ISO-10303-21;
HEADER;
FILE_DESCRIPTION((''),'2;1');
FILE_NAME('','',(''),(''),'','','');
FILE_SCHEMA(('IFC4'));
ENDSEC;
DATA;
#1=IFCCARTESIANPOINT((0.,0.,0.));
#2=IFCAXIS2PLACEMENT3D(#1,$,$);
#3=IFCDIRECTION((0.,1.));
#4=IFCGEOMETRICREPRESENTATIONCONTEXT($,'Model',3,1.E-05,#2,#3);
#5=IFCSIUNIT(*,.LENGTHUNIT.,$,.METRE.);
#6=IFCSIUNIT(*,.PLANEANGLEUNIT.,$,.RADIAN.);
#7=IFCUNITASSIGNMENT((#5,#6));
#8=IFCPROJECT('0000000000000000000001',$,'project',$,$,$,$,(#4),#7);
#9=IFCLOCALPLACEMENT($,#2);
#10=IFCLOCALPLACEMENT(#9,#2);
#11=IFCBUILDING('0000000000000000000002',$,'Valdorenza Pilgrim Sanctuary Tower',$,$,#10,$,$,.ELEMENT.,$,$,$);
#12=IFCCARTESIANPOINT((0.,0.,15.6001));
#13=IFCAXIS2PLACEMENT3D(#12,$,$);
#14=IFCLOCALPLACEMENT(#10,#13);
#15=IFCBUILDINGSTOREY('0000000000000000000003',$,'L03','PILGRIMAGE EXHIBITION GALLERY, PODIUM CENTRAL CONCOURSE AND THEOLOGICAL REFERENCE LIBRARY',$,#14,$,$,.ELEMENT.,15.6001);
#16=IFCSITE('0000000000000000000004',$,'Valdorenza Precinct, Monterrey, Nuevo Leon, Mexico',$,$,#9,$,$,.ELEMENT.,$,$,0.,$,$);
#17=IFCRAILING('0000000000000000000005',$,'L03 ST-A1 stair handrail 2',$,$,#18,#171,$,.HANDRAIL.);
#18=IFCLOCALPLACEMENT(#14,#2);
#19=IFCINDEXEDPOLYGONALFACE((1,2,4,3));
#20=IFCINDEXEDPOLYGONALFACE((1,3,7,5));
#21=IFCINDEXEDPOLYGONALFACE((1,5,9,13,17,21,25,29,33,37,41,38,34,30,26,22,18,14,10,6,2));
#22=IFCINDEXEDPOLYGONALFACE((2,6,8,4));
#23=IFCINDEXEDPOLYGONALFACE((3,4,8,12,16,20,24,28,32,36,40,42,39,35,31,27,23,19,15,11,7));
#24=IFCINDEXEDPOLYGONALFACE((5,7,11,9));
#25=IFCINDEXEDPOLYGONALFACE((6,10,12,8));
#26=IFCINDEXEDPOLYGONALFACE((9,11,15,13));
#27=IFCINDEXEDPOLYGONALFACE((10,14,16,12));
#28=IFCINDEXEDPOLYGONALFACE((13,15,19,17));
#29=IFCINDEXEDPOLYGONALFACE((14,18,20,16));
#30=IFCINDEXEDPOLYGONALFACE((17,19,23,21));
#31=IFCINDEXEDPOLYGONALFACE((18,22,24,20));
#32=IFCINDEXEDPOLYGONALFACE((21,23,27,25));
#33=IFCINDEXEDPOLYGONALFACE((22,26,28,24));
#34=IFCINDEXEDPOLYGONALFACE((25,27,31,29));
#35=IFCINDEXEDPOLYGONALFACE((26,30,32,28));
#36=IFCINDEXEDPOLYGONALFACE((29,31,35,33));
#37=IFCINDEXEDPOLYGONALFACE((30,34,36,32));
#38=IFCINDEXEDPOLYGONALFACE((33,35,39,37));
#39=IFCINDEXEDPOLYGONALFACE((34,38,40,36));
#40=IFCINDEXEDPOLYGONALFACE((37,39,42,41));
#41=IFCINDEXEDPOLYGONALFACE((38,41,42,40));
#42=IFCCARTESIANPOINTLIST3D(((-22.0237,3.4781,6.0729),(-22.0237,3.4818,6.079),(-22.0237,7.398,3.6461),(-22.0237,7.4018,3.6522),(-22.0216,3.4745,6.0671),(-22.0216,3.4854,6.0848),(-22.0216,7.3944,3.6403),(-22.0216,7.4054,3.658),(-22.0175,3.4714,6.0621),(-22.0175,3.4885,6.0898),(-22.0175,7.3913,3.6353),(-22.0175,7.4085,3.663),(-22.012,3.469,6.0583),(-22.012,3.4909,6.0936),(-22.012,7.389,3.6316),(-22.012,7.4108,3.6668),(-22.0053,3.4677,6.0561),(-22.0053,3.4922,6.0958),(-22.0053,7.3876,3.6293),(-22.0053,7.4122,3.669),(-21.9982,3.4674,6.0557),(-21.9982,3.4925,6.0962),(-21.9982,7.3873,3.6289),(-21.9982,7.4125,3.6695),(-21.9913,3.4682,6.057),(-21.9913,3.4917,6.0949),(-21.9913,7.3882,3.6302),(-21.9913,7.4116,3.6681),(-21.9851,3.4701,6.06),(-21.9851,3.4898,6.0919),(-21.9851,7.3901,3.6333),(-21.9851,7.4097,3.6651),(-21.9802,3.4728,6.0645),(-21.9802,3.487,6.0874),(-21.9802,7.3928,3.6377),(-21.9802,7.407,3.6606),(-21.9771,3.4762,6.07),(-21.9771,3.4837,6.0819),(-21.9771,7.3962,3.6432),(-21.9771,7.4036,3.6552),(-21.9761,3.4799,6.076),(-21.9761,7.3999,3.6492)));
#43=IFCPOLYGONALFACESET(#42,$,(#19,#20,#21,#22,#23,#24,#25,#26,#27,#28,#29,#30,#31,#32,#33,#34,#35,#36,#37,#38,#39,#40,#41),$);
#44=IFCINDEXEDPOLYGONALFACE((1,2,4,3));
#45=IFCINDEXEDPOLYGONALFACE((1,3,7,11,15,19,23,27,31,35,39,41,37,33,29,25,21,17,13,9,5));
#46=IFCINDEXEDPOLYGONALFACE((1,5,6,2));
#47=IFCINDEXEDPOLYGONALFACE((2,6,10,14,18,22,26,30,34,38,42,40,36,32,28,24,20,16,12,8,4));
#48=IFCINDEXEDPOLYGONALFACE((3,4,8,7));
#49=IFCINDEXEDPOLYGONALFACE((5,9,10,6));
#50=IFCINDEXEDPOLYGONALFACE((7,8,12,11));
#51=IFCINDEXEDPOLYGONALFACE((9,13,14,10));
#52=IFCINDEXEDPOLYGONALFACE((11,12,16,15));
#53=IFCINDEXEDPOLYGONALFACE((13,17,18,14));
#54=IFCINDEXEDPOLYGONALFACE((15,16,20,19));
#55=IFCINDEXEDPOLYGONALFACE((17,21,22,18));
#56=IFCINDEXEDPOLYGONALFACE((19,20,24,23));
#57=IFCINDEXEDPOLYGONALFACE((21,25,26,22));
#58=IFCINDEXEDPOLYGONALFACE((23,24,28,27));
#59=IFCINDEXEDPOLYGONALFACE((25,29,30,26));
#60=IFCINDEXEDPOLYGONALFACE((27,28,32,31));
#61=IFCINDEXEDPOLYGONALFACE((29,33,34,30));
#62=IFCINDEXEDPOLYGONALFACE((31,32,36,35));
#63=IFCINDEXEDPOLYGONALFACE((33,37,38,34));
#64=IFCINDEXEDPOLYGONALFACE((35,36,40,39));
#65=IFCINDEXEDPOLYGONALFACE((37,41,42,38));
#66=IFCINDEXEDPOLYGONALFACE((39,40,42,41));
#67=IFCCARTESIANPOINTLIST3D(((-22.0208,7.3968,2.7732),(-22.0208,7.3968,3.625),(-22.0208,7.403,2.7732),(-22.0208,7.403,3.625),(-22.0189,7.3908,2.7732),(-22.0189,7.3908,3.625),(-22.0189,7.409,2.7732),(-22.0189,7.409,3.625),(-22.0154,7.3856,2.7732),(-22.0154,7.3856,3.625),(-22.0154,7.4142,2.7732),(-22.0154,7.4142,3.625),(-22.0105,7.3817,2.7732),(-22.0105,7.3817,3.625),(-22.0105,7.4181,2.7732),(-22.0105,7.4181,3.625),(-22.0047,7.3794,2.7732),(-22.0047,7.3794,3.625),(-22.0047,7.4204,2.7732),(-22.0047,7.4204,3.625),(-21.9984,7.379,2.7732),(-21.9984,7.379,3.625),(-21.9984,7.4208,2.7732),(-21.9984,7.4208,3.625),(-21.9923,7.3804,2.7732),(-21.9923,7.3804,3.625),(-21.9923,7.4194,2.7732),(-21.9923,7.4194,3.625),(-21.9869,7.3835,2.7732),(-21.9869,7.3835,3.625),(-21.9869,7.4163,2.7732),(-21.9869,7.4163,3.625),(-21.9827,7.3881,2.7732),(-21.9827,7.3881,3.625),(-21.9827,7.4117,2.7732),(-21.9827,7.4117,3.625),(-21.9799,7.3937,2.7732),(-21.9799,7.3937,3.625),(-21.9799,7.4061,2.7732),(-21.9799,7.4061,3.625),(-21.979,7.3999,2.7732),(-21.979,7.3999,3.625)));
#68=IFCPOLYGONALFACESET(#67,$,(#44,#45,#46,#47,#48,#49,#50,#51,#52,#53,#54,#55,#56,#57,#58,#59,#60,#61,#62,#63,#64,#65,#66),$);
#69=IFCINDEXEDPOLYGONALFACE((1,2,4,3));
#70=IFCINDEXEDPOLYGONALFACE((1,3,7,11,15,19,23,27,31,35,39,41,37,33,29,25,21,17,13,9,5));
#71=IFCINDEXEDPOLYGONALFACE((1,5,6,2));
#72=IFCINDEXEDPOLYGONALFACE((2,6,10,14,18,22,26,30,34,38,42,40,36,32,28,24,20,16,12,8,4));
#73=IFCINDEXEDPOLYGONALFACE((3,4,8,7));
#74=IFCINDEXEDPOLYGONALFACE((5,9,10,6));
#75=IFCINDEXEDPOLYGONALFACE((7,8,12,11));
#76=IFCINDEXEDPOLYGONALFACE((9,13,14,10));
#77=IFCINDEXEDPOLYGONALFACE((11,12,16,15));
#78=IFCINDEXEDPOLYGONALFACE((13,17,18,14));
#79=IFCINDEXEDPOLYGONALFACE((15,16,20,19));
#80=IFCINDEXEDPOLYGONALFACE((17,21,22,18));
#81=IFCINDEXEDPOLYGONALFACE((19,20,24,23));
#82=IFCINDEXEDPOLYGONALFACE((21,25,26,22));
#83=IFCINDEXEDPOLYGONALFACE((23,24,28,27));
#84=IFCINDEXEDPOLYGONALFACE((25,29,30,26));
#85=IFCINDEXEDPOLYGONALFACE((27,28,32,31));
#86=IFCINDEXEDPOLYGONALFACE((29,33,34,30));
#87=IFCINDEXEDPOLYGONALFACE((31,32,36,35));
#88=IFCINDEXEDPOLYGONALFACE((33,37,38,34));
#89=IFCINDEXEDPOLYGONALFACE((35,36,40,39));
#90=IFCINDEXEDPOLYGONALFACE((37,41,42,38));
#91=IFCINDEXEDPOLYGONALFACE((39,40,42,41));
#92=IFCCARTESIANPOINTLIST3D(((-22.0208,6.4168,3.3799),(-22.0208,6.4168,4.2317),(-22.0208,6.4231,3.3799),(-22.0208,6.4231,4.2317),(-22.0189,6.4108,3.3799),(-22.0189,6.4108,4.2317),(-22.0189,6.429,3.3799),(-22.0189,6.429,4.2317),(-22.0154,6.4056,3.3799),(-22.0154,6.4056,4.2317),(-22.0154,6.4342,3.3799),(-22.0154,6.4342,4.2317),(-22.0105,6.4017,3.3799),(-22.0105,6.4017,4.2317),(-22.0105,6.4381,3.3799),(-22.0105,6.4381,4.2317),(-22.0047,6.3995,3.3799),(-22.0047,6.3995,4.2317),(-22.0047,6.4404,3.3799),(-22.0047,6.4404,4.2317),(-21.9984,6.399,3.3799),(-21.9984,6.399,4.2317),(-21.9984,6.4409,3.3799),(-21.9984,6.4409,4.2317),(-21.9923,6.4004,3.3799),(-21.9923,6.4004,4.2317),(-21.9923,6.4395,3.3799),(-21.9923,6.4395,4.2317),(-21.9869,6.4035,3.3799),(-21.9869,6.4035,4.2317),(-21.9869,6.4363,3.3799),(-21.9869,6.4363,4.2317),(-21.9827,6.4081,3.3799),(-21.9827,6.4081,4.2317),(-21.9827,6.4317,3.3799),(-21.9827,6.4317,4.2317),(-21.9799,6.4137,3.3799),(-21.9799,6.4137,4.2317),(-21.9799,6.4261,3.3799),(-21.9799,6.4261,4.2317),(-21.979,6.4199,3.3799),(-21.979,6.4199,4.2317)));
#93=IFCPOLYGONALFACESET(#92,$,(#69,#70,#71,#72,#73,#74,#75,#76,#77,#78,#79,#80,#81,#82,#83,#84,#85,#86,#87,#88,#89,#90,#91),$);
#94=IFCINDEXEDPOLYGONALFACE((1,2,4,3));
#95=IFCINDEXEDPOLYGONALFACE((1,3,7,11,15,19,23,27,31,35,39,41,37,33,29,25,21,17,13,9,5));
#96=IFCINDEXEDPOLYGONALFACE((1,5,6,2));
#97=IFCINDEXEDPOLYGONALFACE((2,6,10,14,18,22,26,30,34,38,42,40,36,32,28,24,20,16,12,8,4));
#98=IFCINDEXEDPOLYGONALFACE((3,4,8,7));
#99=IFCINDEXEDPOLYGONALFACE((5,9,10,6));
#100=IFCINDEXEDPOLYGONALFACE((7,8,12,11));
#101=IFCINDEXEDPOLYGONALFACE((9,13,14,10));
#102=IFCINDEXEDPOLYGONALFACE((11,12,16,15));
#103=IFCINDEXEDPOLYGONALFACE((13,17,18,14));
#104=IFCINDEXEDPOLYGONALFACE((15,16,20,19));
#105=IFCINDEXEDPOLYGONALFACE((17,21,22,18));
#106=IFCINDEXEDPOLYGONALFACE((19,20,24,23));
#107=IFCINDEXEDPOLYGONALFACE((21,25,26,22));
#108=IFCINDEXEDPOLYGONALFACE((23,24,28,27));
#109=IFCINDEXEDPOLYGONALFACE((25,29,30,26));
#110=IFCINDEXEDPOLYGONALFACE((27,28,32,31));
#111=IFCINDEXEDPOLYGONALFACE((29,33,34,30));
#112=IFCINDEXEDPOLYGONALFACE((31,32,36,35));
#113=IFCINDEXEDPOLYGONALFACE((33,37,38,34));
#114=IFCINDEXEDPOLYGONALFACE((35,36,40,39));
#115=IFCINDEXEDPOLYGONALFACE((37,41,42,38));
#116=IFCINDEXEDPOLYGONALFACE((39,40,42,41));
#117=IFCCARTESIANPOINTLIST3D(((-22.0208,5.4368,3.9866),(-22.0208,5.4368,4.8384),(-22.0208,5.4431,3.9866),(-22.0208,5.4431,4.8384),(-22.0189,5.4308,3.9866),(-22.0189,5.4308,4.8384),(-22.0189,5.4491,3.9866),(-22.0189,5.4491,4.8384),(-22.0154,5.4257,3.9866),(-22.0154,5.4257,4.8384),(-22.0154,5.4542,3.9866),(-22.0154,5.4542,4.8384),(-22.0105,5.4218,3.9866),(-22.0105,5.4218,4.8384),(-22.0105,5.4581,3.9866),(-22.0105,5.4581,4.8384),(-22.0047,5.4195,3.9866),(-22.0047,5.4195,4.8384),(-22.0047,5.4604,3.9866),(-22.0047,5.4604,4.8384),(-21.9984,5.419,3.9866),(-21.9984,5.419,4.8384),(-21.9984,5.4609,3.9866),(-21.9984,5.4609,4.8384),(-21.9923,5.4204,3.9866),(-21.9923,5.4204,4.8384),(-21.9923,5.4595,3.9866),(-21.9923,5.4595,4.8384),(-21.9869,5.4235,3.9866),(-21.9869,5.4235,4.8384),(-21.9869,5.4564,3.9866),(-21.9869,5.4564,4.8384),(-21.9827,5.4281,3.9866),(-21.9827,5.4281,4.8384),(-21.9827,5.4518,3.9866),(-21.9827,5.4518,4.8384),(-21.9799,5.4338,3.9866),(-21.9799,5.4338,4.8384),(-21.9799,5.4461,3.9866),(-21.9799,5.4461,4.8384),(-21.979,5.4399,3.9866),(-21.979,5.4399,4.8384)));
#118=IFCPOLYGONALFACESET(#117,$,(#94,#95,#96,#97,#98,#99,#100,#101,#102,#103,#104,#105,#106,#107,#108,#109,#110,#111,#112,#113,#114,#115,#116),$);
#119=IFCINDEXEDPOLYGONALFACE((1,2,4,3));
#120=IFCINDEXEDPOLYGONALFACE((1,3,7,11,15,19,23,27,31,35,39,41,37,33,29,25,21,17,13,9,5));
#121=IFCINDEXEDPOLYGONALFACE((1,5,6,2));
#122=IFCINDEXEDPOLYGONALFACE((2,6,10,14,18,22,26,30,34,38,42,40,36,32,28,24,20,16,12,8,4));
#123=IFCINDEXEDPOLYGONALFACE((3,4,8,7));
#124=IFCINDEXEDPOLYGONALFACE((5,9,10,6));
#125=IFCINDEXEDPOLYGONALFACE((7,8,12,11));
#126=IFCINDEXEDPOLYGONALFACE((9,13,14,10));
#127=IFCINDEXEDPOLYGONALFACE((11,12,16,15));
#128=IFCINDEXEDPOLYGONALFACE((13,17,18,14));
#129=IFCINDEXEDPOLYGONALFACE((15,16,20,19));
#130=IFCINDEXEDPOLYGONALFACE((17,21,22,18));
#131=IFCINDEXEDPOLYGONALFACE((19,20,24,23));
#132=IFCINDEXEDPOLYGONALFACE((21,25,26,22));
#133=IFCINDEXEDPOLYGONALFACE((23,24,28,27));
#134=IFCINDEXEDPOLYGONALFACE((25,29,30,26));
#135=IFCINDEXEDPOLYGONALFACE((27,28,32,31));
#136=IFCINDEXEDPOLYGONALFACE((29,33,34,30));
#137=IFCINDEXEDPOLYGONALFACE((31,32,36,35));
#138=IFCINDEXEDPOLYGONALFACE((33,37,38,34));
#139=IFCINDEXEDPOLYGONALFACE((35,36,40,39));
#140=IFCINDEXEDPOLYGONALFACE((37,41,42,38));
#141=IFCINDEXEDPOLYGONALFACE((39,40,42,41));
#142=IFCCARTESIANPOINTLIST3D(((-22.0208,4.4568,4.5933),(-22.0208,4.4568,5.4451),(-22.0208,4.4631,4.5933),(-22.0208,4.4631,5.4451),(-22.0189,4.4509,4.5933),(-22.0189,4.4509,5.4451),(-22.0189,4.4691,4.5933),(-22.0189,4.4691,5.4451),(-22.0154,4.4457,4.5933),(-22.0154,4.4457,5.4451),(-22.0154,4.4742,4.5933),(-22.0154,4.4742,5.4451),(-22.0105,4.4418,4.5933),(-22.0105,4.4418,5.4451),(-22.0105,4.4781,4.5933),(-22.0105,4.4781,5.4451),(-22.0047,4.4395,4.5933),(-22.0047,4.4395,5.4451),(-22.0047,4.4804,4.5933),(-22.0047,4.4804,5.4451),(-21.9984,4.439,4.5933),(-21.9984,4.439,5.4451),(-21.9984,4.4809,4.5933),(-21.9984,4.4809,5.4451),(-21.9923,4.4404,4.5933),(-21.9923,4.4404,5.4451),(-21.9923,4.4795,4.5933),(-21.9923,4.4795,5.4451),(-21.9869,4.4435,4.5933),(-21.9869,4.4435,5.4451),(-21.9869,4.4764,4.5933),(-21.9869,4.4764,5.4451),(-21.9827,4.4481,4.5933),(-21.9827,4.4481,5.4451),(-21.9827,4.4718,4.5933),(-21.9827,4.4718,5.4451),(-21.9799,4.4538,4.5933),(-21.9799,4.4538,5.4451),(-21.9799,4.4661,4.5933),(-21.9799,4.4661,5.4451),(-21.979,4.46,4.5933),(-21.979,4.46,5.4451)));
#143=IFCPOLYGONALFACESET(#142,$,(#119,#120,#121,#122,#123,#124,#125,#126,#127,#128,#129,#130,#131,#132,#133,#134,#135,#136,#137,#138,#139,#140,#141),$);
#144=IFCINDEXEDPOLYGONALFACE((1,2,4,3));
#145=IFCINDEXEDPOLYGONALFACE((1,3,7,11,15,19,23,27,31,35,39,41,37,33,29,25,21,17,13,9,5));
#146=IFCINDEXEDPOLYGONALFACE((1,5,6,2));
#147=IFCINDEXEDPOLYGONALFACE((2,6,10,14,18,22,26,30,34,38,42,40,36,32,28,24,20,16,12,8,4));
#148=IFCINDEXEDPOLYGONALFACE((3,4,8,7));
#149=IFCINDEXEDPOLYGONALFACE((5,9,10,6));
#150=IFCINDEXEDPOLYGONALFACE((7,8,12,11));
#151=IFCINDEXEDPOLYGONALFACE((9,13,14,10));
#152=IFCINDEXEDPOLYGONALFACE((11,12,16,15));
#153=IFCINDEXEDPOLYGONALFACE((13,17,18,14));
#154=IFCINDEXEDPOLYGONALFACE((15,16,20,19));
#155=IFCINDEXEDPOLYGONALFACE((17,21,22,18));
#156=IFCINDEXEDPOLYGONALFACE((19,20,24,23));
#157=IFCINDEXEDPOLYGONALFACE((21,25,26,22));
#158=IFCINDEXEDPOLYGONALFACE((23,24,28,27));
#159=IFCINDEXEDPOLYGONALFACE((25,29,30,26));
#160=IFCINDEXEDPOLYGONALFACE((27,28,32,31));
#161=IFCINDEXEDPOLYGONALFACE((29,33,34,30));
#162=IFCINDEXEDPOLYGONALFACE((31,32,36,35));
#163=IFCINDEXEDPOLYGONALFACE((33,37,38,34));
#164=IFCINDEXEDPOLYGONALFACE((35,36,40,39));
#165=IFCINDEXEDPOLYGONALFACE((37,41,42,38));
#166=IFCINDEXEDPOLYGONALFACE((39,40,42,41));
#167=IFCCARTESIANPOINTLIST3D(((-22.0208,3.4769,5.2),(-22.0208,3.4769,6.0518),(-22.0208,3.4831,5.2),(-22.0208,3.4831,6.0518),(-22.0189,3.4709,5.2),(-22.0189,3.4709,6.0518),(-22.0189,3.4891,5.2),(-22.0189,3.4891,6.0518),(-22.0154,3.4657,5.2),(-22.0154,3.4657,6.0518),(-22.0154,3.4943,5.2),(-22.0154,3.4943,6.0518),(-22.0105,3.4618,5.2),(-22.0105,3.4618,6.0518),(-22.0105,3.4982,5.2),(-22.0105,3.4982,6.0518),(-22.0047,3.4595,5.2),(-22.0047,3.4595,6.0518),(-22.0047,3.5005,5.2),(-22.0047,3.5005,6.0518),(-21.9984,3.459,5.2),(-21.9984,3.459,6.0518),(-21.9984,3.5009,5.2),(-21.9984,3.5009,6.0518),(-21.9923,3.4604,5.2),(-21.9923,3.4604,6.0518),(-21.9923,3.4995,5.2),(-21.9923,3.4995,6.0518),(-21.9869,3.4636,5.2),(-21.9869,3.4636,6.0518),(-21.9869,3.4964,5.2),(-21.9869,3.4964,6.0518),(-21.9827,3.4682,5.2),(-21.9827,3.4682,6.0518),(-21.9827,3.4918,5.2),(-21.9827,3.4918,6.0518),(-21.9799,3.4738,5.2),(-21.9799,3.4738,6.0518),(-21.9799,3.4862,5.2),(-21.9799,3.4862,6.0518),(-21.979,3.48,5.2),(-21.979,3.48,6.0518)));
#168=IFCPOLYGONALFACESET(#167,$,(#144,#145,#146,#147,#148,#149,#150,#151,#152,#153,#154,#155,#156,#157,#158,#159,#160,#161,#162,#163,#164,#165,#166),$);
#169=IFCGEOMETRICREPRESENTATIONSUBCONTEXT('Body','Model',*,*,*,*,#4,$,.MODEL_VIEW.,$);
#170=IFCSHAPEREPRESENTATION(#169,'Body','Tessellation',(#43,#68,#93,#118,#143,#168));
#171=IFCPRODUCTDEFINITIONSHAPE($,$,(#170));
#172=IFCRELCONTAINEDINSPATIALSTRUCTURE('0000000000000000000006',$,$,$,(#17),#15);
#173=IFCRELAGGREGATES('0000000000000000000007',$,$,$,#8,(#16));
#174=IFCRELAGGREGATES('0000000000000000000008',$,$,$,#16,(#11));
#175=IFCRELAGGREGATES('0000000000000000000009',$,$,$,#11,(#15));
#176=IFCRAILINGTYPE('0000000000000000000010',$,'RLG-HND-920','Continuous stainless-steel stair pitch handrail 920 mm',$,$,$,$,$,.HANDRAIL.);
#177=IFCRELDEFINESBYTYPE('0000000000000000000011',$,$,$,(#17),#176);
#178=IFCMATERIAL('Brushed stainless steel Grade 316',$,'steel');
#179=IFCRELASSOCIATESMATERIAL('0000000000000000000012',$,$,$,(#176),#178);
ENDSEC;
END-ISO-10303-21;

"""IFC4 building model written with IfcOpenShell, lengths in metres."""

from ifc_helpers import new_model, si_unit, direction, frame, origin, origin_2d, place, context, subcontext, project, spatial, circle, extrude, material, type_object, element, save


model = new_model("IFC4")

# Units and contexts
model_context = context("Model", 3, precision=1e-05, world=origin(), true_north=direction((0.0, 1.0)))
body_context = subcontext(model_context, "Body", "Model", "MODEL_VIEW")
ifc_project = project(units=[si_unit("LENGTHUNIT", "METRE"), si_unit("PLANEANGLEUNIT", "RADIAN")], contexts=[model_context])

# Site, building, storey
site_placement = place(None, origin())
site = spatial("IfcSite", under=ifc_project, at=site_placement, Name="Valdorenza Precinct, Monterrey, Nuevo Leon, Mexico", CompositionType="ELEMENT", RefElevation=0.0)
building_placement = place(site_placement, origin())
building = spatial("IfcBuilding", under=site, at=building_placement, Name="Valdorenza Pilgrim Sanctuary Tower", CompositionType="ELEMENT")
storey_placement = place(building_placement, frame((0.0, 0.0, 15.6001)))
storey = spatial("IfcBuildingStorey", under=building, at=storey_placement, Name="L03", Description="PILGRIMAGE EXHIBITION GALLERY, PODIUM CENTRAL CONCOURSE AND THEOLOGICAL REFERENCE LIBRARY", CompositionType="ELEMENT", Elevation=15.6001)

# Railing
ifc_material_1 = material(Name="Brushed stainless steel Grade 316", Category="steel")
railing_type_1 = type_object("IfcRailingType", Name="RLG-HND-920", Description="Continuous stainless-steel stair pitch handrail 920 mm", PredefinedType="HANDRAIL", material=ifc_material_1)
railing_1_placement = place(storey_placement, frame((-22.0, 7.3999, 2.7732)))
element("IfcRailing", 1, at=railing_1_placement, inside=storey, type_object=railing_type_1, Name="L03 ST-A1 stair handrail 2", PredefinedType="HANDRAIL", context=body_context, shape_type="SweptSolid", body=[
    extrude(circle(Radius=0.0239, at=origin_2d()), frame((0.0, 0.0, 0.876), z_axis=(0.0, -0.850252, 0.526376), x_axis=(1.0, 0.0, 0.0)), (0.0, 0.0, 1.0), 4.6104),
    extrude(circle(Radius=0.021, at=origin_2d()), origin(), (0.0, 0.0, 1.0), 0.8518),
    extrude(circle(Radius=0.021, at=origin_2d()), frame((0.0, -0.98, 0.6067)), (0.0, 0.0, 1.0), 0.8518),
    extrude(circle(Radius=0.021, at=origin_2d()), frame((0.0, -1.96, 1.2134)), (0.0, 0.0, 1.0), 0.8518),
    extrude(circle(Radius=0.021, at=origin_2d()), frame((0.0, -2.9399, 1.8201)), (0.0, 0.0, 1.0), 0.8518),
    extrude(circle(Radius=0.021, at=origin_2d()), frame((0.0, -3.9199, 2.4268)), (0.0, 0.0, 1.0), 0.8518),
])

save(model, "model.ifc")
